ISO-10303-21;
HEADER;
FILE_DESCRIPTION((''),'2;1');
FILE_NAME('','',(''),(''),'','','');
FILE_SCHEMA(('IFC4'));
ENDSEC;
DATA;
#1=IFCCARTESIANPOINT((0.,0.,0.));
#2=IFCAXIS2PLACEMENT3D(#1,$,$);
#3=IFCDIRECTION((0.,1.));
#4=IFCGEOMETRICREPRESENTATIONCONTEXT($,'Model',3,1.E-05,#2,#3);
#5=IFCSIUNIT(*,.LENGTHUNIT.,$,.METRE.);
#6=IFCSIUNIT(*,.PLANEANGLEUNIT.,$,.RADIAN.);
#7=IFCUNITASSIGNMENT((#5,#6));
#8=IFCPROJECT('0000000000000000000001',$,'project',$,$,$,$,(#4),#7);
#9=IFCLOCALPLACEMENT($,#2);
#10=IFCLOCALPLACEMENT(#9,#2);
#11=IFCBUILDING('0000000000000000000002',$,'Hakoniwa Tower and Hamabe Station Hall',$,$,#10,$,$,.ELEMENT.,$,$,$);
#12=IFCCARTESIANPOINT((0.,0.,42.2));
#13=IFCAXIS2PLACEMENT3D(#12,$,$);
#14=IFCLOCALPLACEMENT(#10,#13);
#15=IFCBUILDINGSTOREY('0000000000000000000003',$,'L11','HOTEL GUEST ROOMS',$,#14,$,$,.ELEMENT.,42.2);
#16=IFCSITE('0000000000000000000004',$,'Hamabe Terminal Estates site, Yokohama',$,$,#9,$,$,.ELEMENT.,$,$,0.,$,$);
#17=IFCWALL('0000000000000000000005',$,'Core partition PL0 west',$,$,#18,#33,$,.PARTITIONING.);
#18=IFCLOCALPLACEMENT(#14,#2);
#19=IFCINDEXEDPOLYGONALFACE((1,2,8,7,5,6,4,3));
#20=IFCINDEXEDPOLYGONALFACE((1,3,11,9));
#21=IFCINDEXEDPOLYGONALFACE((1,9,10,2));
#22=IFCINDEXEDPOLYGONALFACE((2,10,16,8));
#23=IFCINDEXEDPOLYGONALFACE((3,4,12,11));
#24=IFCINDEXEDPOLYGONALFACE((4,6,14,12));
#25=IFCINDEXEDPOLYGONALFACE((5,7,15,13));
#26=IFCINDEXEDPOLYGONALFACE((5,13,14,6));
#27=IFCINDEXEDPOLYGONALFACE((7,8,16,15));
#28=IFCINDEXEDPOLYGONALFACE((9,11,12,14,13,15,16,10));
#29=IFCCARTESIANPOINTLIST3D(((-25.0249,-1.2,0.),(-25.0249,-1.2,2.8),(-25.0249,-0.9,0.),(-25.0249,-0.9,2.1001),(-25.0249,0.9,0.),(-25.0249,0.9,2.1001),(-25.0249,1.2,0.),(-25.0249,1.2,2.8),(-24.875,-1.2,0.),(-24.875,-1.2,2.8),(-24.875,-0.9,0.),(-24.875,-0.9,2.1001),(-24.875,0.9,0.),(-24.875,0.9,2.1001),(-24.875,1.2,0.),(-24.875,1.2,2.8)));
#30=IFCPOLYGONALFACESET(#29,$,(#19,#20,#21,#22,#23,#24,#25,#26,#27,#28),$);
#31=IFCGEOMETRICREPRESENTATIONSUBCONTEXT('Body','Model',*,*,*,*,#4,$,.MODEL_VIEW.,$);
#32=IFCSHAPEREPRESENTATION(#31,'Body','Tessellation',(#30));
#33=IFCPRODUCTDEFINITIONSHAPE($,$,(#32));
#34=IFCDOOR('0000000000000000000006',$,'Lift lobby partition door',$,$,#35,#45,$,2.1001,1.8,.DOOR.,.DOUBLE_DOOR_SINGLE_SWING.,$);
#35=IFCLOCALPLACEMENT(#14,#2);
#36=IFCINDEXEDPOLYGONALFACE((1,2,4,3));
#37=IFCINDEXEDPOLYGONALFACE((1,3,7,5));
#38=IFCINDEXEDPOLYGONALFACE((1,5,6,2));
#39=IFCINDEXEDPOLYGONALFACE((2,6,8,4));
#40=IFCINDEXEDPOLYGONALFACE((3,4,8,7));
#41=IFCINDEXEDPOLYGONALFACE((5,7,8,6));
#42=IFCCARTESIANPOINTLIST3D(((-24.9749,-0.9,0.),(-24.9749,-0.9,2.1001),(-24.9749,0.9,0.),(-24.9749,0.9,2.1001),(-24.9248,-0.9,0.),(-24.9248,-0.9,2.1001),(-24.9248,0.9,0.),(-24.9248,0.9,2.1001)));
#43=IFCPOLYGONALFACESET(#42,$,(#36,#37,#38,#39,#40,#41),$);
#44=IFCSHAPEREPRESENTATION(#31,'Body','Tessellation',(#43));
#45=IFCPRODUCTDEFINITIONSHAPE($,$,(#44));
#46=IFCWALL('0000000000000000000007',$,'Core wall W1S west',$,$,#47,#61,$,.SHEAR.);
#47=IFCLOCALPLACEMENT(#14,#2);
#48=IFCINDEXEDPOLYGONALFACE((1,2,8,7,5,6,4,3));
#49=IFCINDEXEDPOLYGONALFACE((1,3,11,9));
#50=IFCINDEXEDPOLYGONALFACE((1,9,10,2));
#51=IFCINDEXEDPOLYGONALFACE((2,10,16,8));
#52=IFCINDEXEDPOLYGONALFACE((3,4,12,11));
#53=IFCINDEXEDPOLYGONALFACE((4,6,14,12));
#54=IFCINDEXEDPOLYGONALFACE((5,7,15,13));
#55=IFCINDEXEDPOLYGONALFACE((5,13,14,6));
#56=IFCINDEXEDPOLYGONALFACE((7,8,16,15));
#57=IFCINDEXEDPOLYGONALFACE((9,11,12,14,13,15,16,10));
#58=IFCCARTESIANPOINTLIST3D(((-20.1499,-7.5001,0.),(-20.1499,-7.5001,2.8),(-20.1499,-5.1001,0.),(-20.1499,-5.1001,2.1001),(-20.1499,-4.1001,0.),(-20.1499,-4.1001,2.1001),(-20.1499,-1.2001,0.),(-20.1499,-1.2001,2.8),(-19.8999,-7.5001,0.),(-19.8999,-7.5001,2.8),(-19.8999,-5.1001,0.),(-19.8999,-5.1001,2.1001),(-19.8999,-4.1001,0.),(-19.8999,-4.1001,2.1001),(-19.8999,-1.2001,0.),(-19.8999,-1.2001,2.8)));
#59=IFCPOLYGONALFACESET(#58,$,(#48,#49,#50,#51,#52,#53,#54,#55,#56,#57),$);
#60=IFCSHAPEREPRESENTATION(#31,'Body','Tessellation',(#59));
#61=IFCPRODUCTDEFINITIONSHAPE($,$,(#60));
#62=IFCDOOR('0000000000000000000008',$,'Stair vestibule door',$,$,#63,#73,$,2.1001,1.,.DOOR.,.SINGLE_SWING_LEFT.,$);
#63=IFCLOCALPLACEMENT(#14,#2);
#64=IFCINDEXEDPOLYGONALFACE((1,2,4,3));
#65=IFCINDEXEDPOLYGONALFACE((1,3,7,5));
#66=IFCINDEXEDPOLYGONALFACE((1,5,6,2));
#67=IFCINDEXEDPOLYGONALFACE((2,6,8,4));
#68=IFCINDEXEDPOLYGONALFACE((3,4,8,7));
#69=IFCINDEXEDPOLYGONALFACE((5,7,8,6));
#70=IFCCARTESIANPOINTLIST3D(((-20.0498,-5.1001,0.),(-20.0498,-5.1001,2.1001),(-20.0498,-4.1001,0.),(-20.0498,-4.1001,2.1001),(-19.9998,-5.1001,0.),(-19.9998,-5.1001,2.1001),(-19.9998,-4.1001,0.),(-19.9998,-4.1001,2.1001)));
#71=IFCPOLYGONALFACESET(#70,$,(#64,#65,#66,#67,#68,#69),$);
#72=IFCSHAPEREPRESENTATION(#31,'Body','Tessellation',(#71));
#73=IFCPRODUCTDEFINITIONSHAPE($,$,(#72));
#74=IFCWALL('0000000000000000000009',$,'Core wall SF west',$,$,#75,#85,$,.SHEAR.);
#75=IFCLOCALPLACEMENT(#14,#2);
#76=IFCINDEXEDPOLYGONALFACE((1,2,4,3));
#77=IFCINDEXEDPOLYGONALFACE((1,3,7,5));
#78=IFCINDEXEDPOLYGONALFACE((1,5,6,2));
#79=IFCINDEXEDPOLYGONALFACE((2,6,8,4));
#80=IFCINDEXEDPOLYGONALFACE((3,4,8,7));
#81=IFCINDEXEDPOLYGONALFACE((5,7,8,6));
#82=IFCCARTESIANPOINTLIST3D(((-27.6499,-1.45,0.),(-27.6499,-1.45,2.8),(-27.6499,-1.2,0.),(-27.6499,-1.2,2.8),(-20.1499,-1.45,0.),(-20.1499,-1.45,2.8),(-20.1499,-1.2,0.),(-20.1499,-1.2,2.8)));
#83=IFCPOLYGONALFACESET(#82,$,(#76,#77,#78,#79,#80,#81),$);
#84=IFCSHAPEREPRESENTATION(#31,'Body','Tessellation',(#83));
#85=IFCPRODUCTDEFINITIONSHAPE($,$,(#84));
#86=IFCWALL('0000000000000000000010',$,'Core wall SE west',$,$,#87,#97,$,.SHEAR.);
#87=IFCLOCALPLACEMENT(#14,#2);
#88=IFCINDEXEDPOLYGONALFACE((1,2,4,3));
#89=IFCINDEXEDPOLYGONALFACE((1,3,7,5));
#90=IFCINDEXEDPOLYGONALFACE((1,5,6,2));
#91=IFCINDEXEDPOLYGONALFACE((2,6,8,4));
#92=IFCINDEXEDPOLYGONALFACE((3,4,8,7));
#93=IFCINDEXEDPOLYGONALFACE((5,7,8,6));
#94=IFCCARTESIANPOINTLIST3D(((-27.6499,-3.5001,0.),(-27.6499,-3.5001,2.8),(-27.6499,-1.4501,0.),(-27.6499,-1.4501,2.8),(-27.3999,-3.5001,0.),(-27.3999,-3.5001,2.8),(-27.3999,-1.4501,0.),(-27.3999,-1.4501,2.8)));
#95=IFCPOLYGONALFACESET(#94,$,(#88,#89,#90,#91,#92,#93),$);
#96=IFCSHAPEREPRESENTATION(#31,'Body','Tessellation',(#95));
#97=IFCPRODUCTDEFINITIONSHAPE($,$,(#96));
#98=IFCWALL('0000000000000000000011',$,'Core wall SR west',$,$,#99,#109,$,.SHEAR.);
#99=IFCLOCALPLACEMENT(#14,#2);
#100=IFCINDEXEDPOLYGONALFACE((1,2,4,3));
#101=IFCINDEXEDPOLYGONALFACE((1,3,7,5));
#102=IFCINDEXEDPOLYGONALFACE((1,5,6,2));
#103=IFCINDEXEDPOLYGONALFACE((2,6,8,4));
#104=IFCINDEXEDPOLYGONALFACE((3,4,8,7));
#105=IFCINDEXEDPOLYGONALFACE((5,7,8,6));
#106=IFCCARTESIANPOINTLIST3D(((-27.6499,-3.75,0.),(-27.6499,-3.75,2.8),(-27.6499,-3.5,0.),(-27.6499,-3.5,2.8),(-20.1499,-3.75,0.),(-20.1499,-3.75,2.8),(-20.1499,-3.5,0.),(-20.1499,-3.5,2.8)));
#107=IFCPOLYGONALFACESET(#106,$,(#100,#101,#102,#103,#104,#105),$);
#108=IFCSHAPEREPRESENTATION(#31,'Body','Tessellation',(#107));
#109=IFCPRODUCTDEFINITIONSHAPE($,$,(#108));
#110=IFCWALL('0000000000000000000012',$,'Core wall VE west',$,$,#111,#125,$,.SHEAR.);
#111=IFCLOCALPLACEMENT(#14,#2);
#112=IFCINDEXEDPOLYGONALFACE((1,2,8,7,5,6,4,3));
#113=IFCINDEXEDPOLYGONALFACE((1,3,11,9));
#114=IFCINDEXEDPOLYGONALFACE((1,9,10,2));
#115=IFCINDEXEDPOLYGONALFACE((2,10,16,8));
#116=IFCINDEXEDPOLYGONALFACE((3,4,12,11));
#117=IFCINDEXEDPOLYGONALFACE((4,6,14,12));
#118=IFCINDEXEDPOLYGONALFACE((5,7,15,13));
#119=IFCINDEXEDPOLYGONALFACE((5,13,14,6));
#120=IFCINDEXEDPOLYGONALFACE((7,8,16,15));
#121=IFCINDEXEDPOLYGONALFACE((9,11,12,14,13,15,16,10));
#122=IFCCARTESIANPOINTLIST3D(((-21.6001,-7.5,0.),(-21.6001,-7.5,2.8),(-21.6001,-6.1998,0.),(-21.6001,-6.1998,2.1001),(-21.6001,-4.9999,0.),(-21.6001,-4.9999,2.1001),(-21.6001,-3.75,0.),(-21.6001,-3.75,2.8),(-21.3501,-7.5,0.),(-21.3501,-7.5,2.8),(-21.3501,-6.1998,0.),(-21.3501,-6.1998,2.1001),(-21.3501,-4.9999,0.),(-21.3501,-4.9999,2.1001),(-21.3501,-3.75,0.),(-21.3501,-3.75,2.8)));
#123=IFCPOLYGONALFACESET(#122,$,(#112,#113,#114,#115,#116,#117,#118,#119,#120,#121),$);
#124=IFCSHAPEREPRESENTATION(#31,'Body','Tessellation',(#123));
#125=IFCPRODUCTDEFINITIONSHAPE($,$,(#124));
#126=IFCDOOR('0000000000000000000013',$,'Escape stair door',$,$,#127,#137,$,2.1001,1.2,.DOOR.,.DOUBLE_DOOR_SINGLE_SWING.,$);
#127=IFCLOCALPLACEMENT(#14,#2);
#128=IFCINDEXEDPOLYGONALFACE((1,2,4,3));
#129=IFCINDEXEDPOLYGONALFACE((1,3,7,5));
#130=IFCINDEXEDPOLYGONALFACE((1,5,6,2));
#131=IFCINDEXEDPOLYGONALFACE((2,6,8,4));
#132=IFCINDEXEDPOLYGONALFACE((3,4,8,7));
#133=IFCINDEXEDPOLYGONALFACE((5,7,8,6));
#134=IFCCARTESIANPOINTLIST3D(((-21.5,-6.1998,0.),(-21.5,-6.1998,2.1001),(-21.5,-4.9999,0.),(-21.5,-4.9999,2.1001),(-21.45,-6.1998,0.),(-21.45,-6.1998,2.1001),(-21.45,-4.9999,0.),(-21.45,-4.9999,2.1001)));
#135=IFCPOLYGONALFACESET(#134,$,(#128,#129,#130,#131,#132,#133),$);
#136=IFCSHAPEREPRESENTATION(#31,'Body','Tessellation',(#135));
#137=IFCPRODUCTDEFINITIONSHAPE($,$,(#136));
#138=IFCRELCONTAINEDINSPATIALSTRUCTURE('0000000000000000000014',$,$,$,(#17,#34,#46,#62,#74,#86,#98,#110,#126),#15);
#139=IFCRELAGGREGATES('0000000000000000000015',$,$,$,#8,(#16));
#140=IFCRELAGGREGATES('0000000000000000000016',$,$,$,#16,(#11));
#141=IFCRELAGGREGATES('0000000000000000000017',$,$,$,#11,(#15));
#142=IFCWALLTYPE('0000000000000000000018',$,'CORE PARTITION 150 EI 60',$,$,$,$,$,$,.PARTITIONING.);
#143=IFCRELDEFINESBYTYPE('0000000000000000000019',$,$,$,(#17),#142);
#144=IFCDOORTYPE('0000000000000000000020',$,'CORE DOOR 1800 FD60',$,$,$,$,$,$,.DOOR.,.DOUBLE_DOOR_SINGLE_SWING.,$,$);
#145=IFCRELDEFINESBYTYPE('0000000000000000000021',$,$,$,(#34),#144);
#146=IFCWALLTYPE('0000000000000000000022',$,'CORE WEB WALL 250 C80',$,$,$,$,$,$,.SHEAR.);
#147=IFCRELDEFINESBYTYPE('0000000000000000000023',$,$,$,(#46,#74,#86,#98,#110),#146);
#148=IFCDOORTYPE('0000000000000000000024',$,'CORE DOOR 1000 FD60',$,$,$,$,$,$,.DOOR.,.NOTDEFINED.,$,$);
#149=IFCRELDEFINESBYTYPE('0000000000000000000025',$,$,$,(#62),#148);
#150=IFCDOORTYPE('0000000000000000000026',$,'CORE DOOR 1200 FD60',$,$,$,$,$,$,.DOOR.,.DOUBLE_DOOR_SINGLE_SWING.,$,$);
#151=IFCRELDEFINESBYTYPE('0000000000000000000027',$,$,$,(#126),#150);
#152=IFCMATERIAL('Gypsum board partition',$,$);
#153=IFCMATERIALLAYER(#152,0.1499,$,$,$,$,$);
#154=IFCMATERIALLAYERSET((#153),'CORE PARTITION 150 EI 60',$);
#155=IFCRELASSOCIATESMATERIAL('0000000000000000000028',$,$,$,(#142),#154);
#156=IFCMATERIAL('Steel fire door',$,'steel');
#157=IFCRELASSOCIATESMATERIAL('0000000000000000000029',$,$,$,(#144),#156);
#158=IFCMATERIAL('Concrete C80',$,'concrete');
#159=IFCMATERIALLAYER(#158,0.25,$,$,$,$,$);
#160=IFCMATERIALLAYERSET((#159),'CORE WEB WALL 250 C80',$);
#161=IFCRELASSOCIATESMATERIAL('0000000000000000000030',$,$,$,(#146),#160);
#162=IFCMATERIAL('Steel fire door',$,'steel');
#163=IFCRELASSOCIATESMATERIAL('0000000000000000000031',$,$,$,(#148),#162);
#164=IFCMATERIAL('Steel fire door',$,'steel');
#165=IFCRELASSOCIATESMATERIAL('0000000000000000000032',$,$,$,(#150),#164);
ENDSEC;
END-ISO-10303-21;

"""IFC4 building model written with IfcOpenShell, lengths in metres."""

from ifc_helpers import new_model, si_unit, direction, frame, frame_2d, origin, place, context, subcontext, project, spatial, rectangle, extrude, material, layer, layer_set, type_object, element, fill, save


model = new_model("IFC4")

# Units and contexts
model_context = context("Model", 3, precision=1e-05, world=origin(), true_north=direction((0.0, 1.0)))
body_context = subcontext(model_context, "Body", "Model", "MODEL_VIEW")
ifc_project = project(units=[si_unit("LENGTHUNIT", "METRE"), si_unit("PLANEANGLEUNIT", "RADIAN")], contexts=[model_context])

# Site, building, storey
site_placement = place(None, origin())
site = spatial("IfcSite", under=ifc_project, at=site_placement, Name="Hamabe Terminal Estates site, Yokohama", CompositionType="ELEMENT", RefElevation=0.0)
building_placement = place(site_placement, origin())
building = spatial("IfcBuilding", under=site, at=building_placement, Name="Hakoniwa Tower and Hamabe Station Hall", CompositionType="ELEMENT")
storey_placement = place(building_placement, frame((0.0, 0.0, 42.2)))
storey = spatial("IfcBuildingStorey", under=building, at=storey_placement, Name="L11", Description="HOTEL GUEST ROOMS", CompositionType="ELEMENT", Elevation=42.2)

# Walls, openings, doors
ifc_material_1 = material(Name="Gypsum board partition")
ifc_layer_1 = layer(ifc_material_1, 0.1499)
ifc_layer_set_1 = layer_set([ifc_layer_1], Name="CORE PARTITION 150 EI 60")
wall_type_1 = type_object("IfcWallType", Name="CORE PARTITION 150 EI 60", PredefinedType="PARTITIONING", material=ifc_layer_set_1)
wall_1_placement = place(storey_placement, frame((-24.95, -1.2, 0.0), z_axis=(0.0, 0.0, 1.0), x_axis=(0.0, 1.0, 0.0)))
wall_1 = element("IfcWall", 1, at=wall_1_placement, inside=storey, type_object=wall_type_1, Name="Core partition PL0 west", PredefinedType="PARTITIONING", context=body_context, shape_type="SweptSolid", body=[
    extrude(rectangle(XDim=2.3999, YDim=0.1499, at=frame_2d((1.2, 0.0))), origin(), (0.0, 0.0, 1.0), 2.8),
])
opening_1_placement = place(wall_1_placement, frame((0.3, 0.0, 0.0)))
opening_1 = element("IfcOpeningElement", 2, at=opening_1_placement, cuts=wall_1, PredefinedType="OPENING", context=body_context, shape_type="SweptSolid", body=[
    extrude(rectangle(XDim=1.8, YDim=2.1001, at=frame_2d((0.8999, 1.05))), frame((0.0, 0.085, 0.0), z_axis=(0.0, -1.0, 0.0), x_axis=(1.0, 0.0, 0.0)), (0.0, 0.0, 1.0), 0.1699),
])
ifc_material_2 = material(Name="Steel fire door", Category="steel")
door_type_1 = type_object("IfcDoorType", Name="CORE DOOR 1800 FD60", OperationType="DOUBLE_DOOR_SINGLE_SWING", PredefinedType="DOOR", material=ifc_material_2)
door_1_placement = place(opening_1_placement, origin())
door_1 = element("IfcDoor", 3, at=door_1_placement, inside=storey, type_object=door_type_1, Name="Lift lobby partition door", OperationType="DOUBLE_DOOR_SINGLE_SWING", OverallHeight=2.1001, OverallWidth=1.8, PredefinedType="DOOR", context=body_context, shape_type="SweptSolid", body=[
    extrude(rectangle(XDim=1.8, YDim=2.1001, at=frame_2d((0.8999, 1.05))), frame((0.0, 0.0249, 0.0), z_axis=(0.0, -1.0, 0.0), x_axis=(1.0, 0.0, 0.0)), (0.0, 0.0, 1.0), 0.05),
])
fill(opening_1, door_1)
ifc_material_3 = material(Name="Concrete C80", Category="concrete")
ifc_layer_2 = layer(ifc_material_3, 0.25)
ifc_layer_set_2 = layer_set([ifc_layer_2], Name="CORE WEB WALL 250 C80")
wall_type_2 = type_object("IfcWallType", Name="CORE WEB WALL 250 C80", PredefinedType="SHEAR", material=ifc_layer_set_2)
wall_2_placement = place(storey_placement, frame((-20.0249, -7.5, 0.0), z_axis=(0.0, 0.0, 1.0), x_axis=(0.0, 1.0, 0.0)))
wall_2 = element("IfcWall", 4, at=wall_2_placement, inside=storey, type_object=wall_type_2, Name="Core wall W1S west", PredefinedType="SHEAR", context=body_context, shape_type="SweptSolid", body=[
    extrude(rectangle(XDim=6.3, YDim=0.25, at=frame_2d((3.1499, 0.0))), origin(), (0.0, 0.0, 1.0), 2.8),
])
opening_2_placement = place(wall_2_placement, frame((2.3999, 0.0, 0.0)))
opening_2 = element("IfcOpeningElement", 5, at=opening_2_placement, cuts=wall_2, PredefinedType="OPENING", context=body_context, shape_type="SweptSolid", body=[
    extrude(rectangle(XDim=1.0, YDim=2.1001, at=frame_2d((0.5, 1.05))), frame((0.0, 0.135, 0.0), z_axis=(0.0, -1.0, 0.0), x_axis=(1.0, 0.0, 0.0)), (0.0, 0.0, 1.0), 0.27),
])
ifc_material_4 = material(Name="Steel fire door", Category="steel")
door_type_2 = type_object("IfcDoorType", Name="CORE DOOR 1000 FD60", OperationType="NOTDEFINED", PredefinedType="DOOR", material=ifc_material_4)
door_2_placement = place(opening_2_placement, origin())
door_2 = element("IfcDoor", 6, at=door_2_placement, inside=storey, type_object=door_type_2, Name="Stair vestibule door", OperationType="SINGLE_SWING_LEFT", OverallHeight=2.1001, OverallWidth=1.0, PredefinedType="DOOR", context=body_context, shape_type="SweptSolid", body=[
    extrude(rectangle(XDim=1.0, YDim=2.1001, at=frame_2d((0.5, 1.05))), frame((0.0, 0.0249, 0.0), z_axis=(0.0, -1.0, 0.0), x_axis=(1.0, 0.0, 0.0)), (0.0, 0.0, 1.0), 0.05),
])
fill(opening_2, door_2)

# Walls
wall_3_placement = place(storey_placement, frame((-27.6499, -1.325, 0.0), z_axis=(0.0, 0.0, 1.0), x_axis=(1.0, 0.0, 0.0)))
element("IfcWall", 7, at=wall_3_placement, inside=storey, type_object=wall_type_2, Name="Core wall SF west", PredefinedType="SHEAR", context=body_context, shape_type="SweptSolid", body=[
    extrude(rectangle(XDim=7.5, YDim=0.25, at=frame_2d((3.75, 0.0))), origin(), (0.0, 0.0, 1.0), 2.8),
])
wall_4_placement = place(storey_placement, frame((-27.5249, -3.5, 0.0), z_axis=(0.0, 0.0, 1.0), x_axis=(0.0, 1.0, 0.0)))
element("IfcWall", 8, at=wall_4_placement, inside=storey, type_object=wall_type_2, Name="Core wall SE west", PredefinedType="SHEAR", context=body_context, shape_type="SweptSolid", body=[
    extrude(rectangle(XDim=2.05, YDim=0.25, at=frame_2d((1.0249, 0.0))), origin(), (0.0, 0.0, 1.0), 2.8),
])
wall_5_placement = place(storey_placement, frame((-27.6499, -3.625, 0.0), z_axis=(0.0, 0.0, 1.0), x_axis=(1.0, 0.0, 0.0)))
element("IfcWall", 9, at=wall_5_placement, inside=storey, type_object=wall_type_2, Name="Core wall SR west", PredefinedType="SHEAR", context=body_context, shape_type="SweptSolid", body=[
    extrude(rectangle(XDim=7.5, YDim=0.25, at=frame_2d((3.75, 0.0))), origin(), (0.0, 0.0, 1.0), 2.8),
])

# Wall, opening, door
wall_6_placement = place(storey_placement, frame((-21.4751, -7.5, 0.0), z_axis=(0.0, 0.0, 1.0), x_axis=(0.0, 1.0, 0.0)))
wall_6 = element("IfcWall", 10, at=wall_6_placement, inside=storey, type_object=wall_type_2, Name="Core wall VE west", PredefinedType="SHEAR", context=body_context, shape_type="SweptSolid", body=[
    extrude(rectangle(XDim=3.75, YDim=0.25, at=frame_2d((1.875, 0.0))), origin(), (0.0, 0.0, 1.0), 2.8),
])
opening_3_placement = place(wall_6_placement, frame((1.3, 0.0, 0.0)))
opening_3 = element("IfcOpeningElement", 11, at=opening_3_placement, cuts=wall_6, PredefinedType="OPENING", context=body_context, shape_type="SweptSolid", body=[
    extrude(rectangle(XDim=1.2, YDim=2.1001, at=frame_2d((0.6001, 1.05))), frame((0.0, 0.135, 0.0), z_axis=(0.0, -1.0, 0.0), x_axis=(1.0, 0.0, 0.0)), (0.0, 0.0, 1.0), 0.27),
])
ifc_material_5 = material(Name="Steel fire door", Category="steel")
door_type_3 = type_object("IfcDoorType", Name="CORE DOOR 1200 FD60", OperationType="DOUBLE_DOOR_SINGLE_SWING", PredefinedType="DOOR", material=ifc_material_5)
door_3_placement = place(opening_3_placement, origin())
door_3 = element("IfcDoor", 12, at=door_3_placement, inside=storey, type_object=door_type_3, Name="Escape stair door", OperationType="DOUBLE_DOOR_SINGLE_SWING", OverallHeight=2.1001, OverallWidth=1.2, PredefinedType="DOOR", context=body_context, shape_type="SweptSolid", body=[
    extrude(rectangle(XDim=1.2, YDim=2.1001, at=frame_2d((0.6001, 1.05))), frame((0.0, 0.0249, 0.0), z_axis=(0.0, -1.0, 0.0), x_axis=(1.0, 0.0, 0.0)), (0.0, 0.0, 1.0), 0.05),
])
fill(opening_3, door_3)

save(model, "model.ifc")
